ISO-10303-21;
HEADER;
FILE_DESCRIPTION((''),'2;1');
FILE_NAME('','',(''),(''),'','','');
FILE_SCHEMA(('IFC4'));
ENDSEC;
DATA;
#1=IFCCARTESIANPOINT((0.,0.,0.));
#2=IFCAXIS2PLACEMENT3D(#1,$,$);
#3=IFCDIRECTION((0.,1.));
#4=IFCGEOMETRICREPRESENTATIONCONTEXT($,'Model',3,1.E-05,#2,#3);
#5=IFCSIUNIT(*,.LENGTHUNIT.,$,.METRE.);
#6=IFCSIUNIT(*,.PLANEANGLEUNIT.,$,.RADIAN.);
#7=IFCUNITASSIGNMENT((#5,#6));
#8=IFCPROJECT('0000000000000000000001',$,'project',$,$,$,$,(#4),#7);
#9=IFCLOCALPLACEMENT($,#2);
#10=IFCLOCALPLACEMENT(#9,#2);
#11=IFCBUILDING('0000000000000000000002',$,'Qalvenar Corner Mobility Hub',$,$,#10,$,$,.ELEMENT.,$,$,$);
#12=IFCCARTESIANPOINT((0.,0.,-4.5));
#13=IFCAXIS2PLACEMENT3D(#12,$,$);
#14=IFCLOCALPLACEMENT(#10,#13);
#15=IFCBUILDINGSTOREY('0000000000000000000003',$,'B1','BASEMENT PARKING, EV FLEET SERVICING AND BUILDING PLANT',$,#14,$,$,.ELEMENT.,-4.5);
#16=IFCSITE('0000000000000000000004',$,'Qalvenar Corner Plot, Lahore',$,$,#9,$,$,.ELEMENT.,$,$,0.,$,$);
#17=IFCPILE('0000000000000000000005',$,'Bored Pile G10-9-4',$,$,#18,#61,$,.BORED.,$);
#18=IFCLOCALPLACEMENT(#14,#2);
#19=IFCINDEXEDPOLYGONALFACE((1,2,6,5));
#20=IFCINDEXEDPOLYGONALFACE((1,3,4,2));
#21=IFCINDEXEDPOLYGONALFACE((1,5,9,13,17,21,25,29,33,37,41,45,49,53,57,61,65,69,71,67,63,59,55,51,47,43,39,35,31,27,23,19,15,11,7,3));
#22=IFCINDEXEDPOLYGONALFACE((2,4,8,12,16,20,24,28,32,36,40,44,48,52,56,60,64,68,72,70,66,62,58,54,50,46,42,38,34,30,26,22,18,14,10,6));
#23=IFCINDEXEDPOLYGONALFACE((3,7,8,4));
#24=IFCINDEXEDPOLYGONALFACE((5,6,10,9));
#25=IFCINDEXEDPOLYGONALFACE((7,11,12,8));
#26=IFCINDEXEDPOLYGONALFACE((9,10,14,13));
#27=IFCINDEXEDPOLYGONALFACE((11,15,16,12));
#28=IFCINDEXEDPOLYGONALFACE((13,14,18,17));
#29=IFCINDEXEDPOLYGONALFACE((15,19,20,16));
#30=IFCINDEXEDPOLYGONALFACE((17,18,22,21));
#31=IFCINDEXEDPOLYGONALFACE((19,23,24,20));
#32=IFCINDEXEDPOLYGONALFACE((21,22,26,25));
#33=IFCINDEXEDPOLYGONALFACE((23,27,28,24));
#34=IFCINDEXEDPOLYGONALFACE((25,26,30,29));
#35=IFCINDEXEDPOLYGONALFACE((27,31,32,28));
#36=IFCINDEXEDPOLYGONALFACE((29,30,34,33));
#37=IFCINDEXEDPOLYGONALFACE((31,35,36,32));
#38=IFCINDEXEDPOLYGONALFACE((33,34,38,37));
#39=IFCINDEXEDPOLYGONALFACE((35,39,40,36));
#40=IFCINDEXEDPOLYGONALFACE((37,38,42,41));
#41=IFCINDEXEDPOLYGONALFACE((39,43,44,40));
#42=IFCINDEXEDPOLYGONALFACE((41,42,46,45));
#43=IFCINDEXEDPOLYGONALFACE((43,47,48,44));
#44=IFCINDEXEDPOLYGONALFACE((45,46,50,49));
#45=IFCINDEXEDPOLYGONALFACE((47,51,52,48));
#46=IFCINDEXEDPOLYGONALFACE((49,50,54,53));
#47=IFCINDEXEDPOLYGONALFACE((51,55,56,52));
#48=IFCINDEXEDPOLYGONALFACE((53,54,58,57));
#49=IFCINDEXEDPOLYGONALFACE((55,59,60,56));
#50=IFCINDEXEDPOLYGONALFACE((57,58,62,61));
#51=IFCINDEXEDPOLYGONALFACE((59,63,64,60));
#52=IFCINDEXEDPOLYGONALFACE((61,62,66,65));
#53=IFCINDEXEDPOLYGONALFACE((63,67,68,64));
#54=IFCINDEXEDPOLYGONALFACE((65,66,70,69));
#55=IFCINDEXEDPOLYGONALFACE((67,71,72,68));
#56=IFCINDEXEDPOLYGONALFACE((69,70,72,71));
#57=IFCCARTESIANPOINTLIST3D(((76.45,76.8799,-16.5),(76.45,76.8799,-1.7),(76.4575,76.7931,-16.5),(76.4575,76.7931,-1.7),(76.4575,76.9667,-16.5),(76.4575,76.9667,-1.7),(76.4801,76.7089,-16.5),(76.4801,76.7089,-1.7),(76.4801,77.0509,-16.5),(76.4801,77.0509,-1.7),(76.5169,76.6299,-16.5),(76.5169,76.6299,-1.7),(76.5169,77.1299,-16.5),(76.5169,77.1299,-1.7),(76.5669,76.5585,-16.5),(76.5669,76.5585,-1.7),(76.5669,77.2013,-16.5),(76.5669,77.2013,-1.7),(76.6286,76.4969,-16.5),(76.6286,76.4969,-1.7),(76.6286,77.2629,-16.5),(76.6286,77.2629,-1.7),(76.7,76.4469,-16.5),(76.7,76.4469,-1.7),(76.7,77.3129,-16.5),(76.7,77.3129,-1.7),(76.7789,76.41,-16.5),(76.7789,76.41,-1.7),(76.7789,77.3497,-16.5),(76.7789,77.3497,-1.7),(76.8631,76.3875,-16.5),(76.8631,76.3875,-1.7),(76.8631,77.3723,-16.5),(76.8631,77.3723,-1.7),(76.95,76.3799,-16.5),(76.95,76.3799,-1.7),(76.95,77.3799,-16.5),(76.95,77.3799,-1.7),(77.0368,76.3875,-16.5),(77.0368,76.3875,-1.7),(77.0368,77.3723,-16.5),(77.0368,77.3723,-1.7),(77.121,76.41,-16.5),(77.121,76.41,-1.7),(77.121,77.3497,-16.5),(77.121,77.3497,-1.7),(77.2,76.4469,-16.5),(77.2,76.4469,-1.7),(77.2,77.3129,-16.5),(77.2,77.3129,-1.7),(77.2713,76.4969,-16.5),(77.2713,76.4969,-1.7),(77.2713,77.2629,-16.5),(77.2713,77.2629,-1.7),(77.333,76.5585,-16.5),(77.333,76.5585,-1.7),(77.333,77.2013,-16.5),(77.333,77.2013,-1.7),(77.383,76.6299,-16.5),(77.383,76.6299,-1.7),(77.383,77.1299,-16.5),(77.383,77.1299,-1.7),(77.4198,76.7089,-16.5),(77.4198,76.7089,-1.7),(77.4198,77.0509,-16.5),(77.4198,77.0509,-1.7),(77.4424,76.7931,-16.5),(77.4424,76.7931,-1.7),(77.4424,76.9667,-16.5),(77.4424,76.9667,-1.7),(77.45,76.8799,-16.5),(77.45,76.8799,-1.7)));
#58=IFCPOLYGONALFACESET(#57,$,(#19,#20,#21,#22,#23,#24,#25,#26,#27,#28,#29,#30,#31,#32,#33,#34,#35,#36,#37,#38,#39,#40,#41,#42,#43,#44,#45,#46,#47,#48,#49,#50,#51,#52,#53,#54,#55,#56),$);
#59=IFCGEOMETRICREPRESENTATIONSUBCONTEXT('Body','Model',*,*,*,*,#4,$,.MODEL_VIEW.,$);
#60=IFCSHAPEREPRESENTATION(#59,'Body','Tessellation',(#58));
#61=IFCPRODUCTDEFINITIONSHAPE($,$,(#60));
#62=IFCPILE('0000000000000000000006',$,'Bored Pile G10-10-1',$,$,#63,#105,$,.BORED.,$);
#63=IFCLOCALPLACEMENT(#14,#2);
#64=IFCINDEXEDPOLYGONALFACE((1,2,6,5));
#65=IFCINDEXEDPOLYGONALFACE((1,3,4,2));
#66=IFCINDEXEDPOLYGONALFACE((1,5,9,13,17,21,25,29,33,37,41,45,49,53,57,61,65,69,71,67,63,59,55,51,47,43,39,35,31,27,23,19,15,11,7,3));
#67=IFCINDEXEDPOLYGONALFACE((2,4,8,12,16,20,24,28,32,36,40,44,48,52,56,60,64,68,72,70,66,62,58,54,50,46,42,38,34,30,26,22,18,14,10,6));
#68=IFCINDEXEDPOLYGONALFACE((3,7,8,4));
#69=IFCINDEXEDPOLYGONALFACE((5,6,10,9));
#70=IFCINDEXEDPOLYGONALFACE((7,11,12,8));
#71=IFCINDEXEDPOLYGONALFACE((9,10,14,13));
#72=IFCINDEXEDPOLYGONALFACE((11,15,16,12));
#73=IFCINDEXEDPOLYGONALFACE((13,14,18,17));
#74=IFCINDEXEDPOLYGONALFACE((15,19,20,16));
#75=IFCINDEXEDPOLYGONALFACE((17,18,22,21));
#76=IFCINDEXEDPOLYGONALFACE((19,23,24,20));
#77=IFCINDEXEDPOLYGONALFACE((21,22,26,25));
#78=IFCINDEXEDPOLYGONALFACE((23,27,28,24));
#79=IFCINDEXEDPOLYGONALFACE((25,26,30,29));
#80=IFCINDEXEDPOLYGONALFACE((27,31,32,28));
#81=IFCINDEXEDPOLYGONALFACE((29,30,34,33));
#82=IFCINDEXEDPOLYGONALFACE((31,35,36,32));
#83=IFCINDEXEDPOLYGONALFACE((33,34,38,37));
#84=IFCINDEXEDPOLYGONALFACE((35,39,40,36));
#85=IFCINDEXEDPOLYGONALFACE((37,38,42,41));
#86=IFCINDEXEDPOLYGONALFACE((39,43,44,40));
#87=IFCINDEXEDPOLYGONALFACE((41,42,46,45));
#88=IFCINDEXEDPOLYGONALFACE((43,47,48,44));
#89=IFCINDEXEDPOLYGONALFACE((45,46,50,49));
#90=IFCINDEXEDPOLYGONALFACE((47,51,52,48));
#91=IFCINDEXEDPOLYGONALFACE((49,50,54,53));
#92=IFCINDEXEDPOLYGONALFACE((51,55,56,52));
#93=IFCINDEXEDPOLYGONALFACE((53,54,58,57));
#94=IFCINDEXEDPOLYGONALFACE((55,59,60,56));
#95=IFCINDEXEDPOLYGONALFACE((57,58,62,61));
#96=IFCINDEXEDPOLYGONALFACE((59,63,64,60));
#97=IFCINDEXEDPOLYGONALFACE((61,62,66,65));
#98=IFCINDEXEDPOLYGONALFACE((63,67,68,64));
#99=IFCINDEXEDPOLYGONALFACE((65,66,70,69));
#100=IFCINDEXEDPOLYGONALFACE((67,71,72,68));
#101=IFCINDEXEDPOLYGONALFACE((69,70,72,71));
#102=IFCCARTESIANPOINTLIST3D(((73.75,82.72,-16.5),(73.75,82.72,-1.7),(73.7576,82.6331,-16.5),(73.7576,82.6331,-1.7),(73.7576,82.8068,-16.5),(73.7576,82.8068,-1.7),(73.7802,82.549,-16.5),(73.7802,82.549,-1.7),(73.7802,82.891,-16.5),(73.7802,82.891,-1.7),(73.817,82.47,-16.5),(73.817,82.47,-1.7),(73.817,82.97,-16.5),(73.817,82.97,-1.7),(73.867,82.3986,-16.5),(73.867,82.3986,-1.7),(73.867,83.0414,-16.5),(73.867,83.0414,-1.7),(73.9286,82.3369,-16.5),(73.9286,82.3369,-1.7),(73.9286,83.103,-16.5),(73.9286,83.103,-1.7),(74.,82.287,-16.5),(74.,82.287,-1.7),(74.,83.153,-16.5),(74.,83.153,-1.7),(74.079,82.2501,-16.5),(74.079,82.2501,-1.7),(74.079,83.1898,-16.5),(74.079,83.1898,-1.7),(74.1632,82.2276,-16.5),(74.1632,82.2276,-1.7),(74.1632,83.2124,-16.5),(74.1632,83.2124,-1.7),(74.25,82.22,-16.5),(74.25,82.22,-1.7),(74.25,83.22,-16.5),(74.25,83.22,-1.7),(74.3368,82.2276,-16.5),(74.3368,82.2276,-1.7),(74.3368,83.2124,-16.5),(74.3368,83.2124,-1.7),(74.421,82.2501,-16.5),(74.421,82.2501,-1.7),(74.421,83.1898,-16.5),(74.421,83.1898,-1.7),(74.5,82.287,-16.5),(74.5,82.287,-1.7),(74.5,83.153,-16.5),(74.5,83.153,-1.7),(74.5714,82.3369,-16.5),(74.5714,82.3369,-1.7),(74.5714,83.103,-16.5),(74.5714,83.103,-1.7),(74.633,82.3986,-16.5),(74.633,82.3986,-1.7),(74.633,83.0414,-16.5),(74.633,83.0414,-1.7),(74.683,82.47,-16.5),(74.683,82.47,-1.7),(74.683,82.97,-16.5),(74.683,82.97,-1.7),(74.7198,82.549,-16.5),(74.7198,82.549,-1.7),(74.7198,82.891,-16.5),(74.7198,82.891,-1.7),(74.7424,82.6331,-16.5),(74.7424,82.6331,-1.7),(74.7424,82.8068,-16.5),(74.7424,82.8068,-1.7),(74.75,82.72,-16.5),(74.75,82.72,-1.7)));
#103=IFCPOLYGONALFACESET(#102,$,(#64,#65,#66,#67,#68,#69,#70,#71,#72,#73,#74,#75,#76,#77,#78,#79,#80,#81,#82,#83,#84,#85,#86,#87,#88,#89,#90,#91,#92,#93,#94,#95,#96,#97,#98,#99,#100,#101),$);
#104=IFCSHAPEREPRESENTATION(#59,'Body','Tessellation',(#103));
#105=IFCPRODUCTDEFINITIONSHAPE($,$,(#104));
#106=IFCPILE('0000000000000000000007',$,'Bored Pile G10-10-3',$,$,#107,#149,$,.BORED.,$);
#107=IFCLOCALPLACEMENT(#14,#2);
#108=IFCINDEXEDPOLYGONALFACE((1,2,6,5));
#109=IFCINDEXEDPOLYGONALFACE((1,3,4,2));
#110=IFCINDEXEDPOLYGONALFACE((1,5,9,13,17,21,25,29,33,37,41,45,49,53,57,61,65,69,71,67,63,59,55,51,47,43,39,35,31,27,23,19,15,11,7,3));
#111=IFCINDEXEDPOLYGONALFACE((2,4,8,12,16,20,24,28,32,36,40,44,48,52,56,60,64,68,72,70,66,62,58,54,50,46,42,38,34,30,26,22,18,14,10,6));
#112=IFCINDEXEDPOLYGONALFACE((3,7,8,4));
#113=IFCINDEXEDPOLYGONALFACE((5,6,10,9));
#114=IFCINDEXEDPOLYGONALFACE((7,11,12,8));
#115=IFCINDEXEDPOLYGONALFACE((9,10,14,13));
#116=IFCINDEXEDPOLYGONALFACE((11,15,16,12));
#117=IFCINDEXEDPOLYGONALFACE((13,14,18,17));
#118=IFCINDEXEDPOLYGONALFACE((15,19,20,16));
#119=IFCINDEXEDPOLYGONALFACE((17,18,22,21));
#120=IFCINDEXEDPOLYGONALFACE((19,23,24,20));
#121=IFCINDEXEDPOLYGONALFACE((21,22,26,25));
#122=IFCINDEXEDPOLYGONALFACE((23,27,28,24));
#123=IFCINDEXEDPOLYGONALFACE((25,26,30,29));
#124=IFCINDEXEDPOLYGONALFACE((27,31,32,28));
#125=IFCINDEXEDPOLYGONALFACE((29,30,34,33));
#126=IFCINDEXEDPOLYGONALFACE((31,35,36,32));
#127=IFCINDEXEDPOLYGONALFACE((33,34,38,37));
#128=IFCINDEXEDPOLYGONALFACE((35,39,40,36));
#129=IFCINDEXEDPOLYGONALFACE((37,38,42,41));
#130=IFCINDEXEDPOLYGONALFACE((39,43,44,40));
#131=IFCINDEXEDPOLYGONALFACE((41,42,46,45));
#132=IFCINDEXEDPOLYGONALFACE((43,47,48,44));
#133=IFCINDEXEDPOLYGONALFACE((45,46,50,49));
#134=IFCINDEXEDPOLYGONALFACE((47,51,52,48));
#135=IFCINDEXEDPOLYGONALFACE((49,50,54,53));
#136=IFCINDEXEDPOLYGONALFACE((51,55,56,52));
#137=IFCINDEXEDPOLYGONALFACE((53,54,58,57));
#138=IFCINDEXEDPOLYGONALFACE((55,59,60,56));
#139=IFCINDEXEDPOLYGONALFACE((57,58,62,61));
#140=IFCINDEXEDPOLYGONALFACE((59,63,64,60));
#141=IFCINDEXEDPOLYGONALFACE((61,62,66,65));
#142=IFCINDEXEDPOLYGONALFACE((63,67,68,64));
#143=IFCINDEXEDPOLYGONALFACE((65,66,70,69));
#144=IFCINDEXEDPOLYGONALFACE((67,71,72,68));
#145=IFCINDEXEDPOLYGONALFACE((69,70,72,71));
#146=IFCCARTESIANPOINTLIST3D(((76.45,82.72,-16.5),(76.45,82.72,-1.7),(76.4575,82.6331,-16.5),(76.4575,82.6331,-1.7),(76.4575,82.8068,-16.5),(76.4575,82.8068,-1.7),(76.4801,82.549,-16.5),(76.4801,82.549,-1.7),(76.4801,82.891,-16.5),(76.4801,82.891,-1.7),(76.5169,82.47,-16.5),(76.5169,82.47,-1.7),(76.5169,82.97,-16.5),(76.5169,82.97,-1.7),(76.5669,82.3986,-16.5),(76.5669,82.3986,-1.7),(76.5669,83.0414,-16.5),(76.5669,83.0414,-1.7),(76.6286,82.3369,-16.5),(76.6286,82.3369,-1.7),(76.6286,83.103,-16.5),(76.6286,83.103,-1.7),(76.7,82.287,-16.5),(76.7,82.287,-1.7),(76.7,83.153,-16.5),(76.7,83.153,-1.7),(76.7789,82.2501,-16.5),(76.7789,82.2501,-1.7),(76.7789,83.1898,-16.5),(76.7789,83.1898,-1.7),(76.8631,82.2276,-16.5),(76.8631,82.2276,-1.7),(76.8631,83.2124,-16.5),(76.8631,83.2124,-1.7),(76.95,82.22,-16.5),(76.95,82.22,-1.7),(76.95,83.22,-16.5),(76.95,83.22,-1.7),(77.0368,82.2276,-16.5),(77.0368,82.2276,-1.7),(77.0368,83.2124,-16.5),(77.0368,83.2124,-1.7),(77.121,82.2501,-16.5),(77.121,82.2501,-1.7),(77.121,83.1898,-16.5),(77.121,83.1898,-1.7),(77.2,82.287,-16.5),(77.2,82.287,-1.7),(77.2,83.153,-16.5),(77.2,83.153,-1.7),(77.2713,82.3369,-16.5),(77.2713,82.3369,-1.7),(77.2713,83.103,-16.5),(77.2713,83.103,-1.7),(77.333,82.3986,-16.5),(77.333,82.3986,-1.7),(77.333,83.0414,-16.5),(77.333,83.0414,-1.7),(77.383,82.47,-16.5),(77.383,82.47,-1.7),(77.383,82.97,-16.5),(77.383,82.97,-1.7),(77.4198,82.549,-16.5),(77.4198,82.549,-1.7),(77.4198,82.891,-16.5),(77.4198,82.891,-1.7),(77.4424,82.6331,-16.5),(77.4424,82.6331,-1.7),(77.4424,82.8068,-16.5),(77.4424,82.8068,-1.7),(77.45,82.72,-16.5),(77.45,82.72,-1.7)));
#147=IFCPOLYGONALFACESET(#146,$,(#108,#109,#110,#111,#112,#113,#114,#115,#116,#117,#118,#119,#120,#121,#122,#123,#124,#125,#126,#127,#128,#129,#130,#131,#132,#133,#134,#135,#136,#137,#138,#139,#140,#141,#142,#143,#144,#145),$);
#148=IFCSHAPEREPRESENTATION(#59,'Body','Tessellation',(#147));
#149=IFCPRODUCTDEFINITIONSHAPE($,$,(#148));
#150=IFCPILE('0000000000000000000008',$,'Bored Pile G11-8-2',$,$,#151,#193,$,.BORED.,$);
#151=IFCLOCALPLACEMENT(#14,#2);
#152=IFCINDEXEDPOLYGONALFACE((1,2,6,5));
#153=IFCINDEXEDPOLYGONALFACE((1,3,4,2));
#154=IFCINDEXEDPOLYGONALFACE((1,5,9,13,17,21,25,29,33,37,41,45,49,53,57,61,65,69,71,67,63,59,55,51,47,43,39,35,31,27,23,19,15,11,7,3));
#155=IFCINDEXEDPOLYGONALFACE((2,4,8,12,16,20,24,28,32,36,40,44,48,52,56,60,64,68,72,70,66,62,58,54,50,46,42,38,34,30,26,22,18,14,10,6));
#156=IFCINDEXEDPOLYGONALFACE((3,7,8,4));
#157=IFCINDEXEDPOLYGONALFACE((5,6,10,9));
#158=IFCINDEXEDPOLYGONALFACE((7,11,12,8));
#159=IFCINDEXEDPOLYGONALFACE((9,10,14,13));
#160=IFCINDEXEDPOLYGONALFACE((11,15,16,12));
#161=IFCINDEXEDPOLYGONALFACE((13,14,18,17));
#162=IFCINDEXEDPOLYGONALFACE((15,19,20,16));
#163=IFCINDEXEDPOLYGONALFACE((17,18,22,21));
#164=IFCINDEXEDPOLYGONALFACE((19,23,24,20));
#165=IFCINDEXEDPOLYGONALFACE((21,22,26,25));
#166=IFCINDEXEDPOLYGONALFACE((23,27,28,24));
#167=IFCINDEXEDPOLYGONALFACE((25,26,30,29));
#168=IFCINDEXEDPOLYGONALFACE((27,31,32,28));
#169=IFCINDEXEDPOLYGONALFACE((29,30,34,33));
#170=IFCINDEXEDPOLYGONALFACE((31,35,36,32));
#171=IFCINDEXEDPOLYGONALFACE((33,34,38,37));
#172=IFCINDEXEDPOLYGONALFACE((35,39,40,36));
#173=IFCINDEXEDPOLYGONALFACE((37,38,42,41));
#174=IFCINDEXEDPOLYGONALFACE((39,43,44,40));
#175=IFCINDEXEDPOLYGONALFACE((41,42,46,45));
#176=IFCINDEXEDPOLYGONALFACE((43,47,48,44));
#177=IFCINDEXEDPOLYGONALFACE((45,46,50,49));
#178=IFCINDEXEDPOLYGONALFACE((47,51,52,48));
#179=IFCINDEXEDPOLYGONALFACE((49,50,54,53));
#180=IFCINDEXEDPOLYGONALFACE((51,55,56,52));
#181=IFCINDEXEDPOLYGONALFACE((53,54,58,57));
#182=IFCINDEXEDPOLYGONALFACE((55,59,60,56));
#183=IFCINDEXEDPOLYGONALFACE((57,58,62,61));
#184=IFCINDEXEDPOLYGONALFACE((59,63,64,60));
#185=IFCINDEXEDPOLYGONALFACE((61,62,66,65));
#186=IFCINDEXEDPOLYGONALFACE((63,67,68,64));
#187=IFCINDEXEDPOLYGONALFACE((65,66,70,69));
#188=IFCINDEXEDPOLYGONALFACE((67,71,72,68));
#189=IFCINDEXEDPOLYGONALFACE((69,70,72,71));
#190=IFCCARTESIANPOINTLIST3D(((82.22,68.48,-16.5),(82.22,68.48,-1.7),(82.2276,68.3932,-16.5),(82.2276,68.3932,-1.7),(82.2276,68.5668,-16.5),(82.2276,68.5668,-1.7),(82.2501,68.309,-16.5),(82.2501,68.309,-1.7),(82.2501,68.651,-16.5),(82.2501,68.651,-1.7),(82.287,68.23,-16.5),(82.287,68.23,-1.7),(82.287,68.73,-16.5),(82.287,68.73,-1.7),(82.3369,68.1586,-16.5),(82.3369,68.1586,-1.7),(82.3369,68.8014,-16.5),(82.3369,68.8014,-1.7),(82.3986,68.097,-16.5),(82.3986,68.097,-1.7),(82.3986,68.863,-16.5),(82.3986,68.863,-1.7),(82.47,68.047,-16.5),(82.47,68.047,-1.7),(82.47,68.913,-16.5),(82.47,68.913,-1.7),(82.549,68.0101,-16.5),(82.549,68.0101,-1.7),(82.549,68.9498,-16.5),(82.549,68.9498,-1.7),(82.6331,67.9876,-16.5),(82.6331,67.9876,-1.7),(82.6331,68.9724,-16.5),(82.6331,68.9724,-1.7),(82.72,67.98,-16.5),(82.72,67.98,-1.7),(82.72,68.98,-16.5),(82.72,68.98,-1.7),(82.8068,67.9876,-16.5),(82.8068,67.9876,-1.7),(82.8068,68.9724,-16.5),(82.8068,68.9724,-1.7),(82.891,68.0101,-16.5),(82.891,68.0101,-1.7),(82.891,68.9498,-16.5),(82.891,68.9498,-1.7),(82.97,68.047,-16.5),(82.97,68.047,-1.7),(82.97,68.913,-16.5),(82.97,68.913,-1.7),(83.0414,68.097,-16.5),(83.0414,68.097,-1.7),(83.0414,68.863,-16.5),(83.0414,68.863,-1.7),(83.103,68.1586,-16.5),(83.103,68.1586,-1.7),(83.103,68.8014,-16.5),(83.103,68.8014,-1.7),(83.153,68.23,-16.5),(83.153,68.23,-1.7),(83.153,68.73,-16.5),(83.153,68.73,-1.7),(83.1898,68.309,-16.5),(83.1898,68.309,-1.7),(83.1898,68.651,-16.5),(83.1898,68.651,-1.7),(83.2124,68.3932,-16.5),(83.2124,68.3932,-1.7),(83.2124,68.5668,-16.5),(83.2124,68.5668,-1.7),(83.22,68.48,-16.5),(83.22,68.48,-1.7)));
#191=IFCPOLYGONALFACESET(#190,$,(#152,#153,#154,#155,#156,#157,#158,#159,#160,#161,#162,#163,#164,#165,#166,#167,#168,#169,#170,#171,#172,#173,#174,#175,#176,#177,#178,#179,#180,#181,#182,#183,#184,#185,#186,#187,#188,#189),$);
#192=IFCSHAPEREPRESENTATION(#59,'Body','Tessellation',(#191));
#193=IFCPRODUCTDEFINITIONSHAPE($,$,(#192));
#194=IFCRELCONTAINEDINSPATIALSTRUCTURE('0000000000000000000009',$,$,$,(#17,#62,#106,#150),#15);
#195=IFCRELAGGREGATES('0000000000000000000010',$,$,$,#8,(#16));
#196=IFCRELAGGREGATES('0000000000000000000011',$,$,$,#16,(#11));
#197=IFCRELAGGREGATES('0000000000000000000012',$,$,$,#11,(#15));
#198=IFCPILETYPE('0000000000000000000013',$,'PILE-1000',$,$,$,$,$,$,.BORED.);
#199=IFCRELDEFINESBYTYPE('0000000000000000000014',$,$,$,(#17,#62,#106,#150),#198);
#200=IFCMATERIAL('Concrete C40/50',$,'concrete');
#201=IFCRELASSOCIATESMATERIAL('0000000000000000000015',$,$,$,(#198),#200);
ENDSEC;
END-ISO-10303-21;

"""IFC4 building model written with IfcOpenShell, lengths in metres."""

from ifc_helpers import new_model, si_unit, direction, frame, origin, origin_2d, place, context, subcontext, project, spatial, circle, extrude, material, material_profile, profile_set, type_object, element, save


model = new_model("IFC4")

# Units and contexts
model_context = context("Model", 3, precision=1e-05, world=origin(), true_north=direction((0.0, 1.0)))
body_context = subcontext(model_context, "Body", "Model", "MODEL_VIEW")
ifc_project = project(units=[si_unit("LENGTHUNIT", "METRE"), si_unit("PLANEANGLEUNIT", "RADIAN")], contexts=[model_context])

# Site, building, storey
site_placement = place(None, origin())
site = spatial("IfcSite", under=ifc_project, at=site_placement, Name="Qalvenar Corner Plot, Lahore", CompositionType="ELEMENT", RefElevation=0.0)
building_placement = place(site_placement, origin())
building = spatial("IfcBuilding", under=site, at=building_placement, Name="Qalvenar Corner Mobility Hub", CompositionType="ELEMENT")
storey_placement = place(building_placement, frame((0.0, 0.0, -4.5)))
storey = spatial("IfcBuildingStorey", under=building, at=storey_placement, Name="B1", Description="BASEMENT PARKING, EV FLEET SERVICING AND BUILDING PLANT", CompositionType="ELEMENT", Elevation=-4.5)

# Shared definitions
ifc_material_1 = material(Name="Concrete C40/50", Category="concrete")

# Piles
ifc_material_profile_1 = material_profile(ifc_material_1, circle(Radius=0.5, at=origin_2d()), Name="DIA1000")
ifc_profile_set_1 = profile_set([ifc_material_profile_1], Name="Concrete C40/50")
pile_type = type_object("IfcPileType", Name="PILE-1000", PredefinedType="BORED", material=ifc_profile_set_1)
for number, where, z_axis, x_axis, name in (
    (1, (76.95, 76.8799, -1.7), (0.0, 0.0, -1.0), (1.0, 0.0, 0.0), "Bored Pile G10-9-4"),
    (2, (74.25, 82.72, -1.7), (0.0, 0.0, -1.0), (1.0, 0.0, 0.0), "Bored Pile G10-10-1"),
    (3, (76.95, 82.72, -1.7), (0.0, 0.0, -1.0), (1.0, 0.0, 0.0), "Bored Pile G10-10-3"),
    (4, (82.72, 68.48, -1.7), (0.0, 0.0, -1.0), (1.0, 0.0, 0.0), "Bored Pile G11-8-2"),
):
    element("IfcPile", number, at=place(storey_placement, frame(where, z_axis=z_axis, x_axis=x_axis)), inside=storey, type_object=pile_type, Name=name, PredefinedType="BORED", context=body_context, shape_type="SweptSolid", body=[
        extrude(circle(Radius=0.5, at=origin_2d()), origin(), (0.0, 0.0, 1.0), 14.8),
    ])

save(model, "model.ifc")
